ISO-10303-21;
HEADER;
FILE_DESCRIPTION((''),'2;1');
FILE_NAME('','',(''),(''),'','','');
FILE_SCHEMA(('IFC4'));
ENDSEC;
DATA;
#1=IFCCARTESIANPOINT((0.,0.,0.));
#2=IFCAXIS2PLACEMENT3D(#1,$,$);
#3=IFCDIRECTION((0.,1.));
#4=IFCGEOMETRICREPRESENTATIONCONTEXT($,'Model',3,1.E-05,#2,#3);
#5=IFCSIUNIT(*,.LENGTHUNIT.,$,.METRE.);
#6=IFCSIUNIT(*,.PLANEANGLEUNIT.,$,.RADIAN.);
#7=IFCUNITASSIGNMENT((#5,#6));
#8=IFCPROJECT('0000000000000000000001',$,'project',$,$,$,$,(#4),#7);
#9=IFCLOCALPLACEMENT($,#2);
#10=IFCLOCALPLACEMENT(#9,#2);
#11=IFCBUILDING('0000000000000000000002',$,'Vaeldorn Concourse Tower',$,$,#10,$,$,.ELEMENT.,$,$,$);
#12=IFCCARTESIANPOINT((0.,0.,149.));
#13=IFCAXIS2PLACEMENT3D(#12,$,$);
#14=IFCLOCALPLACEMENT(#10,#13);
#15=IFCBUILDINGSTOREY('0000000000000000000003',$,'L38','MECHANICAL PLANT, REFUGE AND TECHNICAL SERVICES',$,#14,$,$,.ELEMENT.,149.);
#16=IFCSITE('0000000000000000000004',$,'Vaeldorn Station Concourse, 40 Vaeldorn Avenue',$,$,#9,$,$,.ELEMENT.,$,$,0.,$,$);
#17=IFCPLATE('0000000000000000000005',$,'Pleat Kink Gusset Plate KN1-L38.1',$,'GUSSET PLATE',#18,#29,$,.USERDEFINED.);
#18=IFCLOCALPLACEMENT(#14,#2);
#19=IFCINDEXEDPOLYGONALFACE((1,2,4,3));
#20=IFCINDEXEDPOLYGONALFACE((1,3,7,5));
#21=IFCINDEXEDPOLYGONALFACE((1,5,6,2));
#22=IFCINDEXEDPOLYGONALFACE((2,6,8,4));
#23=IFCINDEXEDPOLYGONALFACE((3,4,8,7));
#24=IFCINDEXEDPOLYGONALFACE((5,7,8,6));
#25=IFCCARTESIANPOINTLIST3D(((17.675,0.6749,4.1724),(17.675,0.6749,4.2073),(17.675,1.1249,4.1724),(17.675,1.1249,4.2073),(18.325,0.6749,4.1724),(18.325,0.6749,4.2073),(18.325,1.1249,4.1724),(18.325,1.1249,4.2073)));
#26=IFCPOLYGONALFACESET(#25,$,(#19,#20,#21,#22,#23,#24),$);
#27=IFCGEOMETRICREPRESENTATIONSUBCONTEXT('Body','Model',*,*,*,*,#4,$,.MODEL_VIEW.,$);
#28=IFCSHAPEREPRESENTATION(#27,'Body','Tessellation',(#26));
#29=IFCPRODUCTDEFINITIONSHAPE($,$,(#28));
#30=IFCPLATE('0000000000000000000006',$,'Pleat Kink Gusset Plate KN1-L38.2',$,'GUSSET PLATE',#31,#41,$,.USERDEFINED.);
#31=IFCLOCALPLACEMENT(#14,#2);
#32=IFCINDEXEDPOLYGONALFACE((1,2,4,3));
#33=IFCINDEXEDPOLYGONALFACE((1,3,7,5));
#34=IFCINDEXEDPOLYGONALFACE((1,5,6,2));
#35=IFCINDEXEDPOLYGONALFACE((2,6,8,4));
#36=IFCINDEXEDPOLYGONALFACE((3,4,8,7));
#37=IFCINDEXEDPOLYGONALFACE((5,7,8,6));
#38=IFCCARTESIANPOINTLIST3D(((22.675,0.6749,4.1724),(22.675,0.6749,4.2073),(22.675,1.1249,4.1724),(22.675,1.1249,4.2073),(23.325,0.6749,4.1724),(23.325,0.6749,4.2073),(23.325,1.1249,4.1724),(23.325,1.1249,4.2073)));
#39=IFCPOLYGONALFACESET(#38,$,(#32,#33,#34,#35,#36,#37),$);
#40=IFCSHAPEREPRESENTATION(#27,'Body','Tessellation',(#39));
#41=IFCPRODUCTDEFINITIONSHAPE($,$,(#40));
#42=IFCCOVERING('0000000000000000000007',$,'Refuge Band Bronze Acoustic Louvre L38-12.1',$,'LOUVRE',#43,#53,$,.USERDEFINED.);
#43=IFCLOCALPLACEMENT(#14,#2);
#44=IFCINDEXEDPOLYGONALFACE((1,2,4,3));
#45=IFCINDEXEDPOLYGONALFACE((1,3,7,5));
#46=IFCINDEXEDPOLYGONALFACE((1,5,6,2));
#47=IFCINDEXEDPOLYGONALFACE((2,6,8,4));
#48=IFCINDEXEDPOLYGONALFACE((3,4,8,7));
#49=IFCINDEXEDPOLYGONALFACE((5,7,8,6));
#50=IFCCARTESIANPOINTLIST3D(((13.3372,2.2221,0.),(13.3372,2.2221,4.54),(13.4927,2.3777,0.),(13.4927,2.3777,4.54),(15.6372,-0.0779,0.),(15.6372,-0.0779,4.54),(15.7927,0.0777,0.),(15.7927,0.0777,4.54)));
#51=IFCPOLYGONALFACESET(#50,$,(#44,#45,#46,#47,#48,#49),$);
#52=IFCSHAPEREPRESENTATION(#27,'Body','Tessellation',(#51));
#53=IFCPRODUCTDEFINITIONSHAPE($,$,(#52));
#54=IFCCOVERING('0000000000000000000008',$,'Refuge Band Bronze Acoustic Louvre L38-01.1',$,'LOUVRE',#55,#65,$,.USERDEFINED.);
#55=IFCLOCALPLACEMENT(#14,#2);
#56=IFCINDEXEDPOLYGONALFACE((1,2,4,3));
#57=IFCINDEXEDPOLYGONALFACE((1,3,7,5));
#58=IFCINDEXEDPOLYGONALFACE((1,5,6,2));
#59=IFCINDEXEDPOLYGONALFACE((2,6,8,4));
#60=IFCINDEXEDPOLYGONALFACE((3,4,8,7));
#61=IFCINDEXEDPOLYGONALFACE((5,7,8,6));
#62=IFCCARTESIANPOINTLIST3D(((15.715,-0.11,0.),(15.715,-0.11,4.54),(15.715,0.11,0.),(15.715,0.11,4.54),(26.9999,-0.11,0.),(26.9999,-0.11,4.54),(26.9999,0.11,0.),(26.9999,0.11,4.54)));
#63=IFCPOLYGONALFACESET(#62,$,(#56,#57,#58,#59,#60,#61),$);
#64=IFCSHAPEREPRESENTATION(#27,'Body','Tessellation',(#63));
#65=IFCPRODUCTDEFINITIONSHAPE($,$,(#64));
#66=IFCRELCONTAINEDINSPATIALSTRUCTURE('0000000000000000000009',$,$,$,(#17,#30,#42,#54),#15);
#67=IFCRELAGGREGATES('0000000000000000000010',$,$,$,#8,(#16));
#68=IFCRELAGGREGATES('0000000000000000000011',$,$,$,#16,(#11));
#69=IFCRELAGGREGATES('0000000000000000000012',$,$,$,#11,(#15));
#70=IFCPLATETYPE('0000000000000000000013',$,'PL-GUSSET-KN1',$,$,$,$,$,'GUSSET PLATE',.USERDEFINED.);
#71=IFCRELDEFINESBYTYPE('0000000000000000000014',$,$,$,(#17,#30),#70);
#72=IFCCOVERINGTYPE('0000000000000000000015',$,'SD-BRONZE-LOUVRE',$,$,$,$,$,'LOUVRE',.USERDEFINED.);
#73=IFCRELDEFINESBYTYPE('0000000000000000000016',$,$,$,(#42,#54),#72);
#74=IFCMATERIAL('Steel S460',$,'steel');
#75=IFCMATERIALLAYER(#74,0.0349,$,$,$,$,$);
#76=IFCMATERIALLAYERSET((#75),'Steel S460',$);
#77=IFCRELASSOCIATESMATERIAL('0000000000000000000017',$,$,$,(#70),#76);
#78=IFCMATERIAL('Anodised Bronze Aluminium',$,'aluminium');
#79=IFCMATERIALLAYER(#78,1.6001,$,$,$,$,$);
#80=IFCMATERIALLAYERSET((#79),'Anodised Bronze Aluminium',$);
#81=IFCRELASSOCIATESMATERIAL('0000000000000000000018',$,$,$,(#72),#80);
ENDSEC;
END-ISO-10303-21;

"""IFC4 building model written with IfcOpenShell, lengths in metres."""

from ifc_helpers import new_model, si_unit, direction, frame, origin, origin_2d, place, context, subcontext, project, spatial, rectangle, extrude, source, transform, mapped, material, layer, layer_set, type_object, element, save


model = new_model("IFC4")

# Units and contexts
model_context = context("Model", 3, precision=1e-05, world=origin(), true_north=direction((0.0, 1.0)))
body_context = subcontext(model_context, "Body", "Model", "MODEL_VIEW")
ifc_project = project(units=[si_unit("LENGTHUNIT", "METRE"), si_unit("PLANEANGLEUNIT", "RADIAN")], contexts=[model_context])

# Site, building, storey
site_placement = place(None, origin())
site = spatial("IfcSite", under=ifc_project, at=site_placement, Name="Vaeldorn Station Concourse, 40 Vaeldorn Avenue", CompositionType="ELEMENT", RefElevation=0.0)
building_placement = place(site_placement, origin())
building = spatial("IfcBuilding", under=site, at=building_placement, Name="Vaeldorn Concourse Tower", CompositionType="ELEMENT")
storey_placement = place(building_placement, frame((0.0, 0.0, 149.0)))
storey = spatial("IfcBuildingStorey", under=building, at=storey_placement, Name="L38", Description="MECHANICAL PLANT, REFUGE AND TECHNICAL SERVICES", CompositionType="ELEMENT", Elevation=149.0)

# Shared definitions
ifc_material_1 = material(Name="Steel S460", Category="steel")

# Plates
ifc_layer_1 = layer(ifc_material_1, 0.0349)
ifc_layer_set_1 = layer_set([ifc_layer_1], Name="Steel S460")
plate_type_1 = type_object("IfcPlateType", Name="PL-GUSSET-KN1", ElementType="GUSSET PLATE", PredefinedType="USERDEFINED", material=ifc_layer_set_1)
shared_shape_1 = source(origin(), body_context, "Body", "SweptSolid", [
    extrude(rectangle(XDim=0.6499, YDim=0.45, at=origin_2d()), origin(), (0.0, 0.0, 1.0), 0.0349),
])
for number, where, z_axis, x_axis, name in (
    (1, (18.0, 0.8999, 4.1724), (0.0, 0.0, 1.0), (1.0, 0.0, 0.0), "Pleat Kink Gusset Plate KN1-L38.1"),
    (2, (23.0, 0.8999, 4.1724), (0.0, 0.0, 1.0), (1.0, 0.0, 0.0), "Pleat Kink Gusset Plate KN1-L38.2"),
):
    element("IfcPlate", number, at=place(storey_placement, frame(where, z_axis=z_axis, x_axis=x_axis)), inside=storey, type_object=plate_type_1, Name=name, ObjectType="GUSSET PLATE", PredefinedType="USERDEFINED", context=body_context, shape_type="MappedRepresentation", body=[
        mapped(shared_shape_1, transform((0.0, 0.0, 0.0), scale=1.0)),
    ])

# Shared definitions
ifc_material_2 = material(Name="Anodised Bronze Aluminium", Category="aluminium")

# Coverings
ifc_layer_2 = layer(ifc_material_2, 1.6001)
ifc_layer_set_2 = layer_set([ifc_layer_2], Name="Anodised Bronze Aluminium")
covering_type = type_object("IfcCoveringType", Name="SD-BRONZE-LOUVRE", ElementType="LOUVRE", PredefinedType="USERDEFINED", material=ifc_layer_set_2)
shared_shape_2 = source(origin(), body_context, "Body", "SweptSolid", [
    extrude(rectangle(XDim=3.2527, YDim=0.22, at=origin_2d()), origin(), (0.0, 0.0, 1.0), 4.54),
])
covering_1_placement = place(storey_placement, frame((14.5649, 1.1499, 0.0), z_axis=(0.0, 0.0, 1.0), x_axis=(0.707107, -0.707107, 0.0)))
element("IfcCovering", 3, at=covering_1_placement, inside=storey, type_object=covering_type, Name="Refuge Band Bronze Acoustic Louvre L38-12.1", ObjectType="LOUVRE", PredefinedType="USERDEFINED", context=body_context, shape_type="MappedRepresentation", body=[
    mapped(shared_shape_2, transform((0.0, 0.0, 0.0), scale=1.0)),
])
shared_shape_3 = source(origin(), body_context, "Body", "SweptSolid", [
    extrude(rectangle(XDim=11.2849, YDim=0.22, at=origin_2d()), origin(), (0.0, 0.0, 1.0), 4.54),
])
covering_2_placement = place(storey_placement, frame((21.3574, 0.0, 0.0), z_axis=(0.0, 0.0, 1.0), x_axis=(1.0, 0.0, 0.0)))
element("IfcCovering", 4, at=covering_2_placement, inside=storey, type_object=covering_type, Name="Refuge Band Bronze Acoustic Louvre L38-01.1", ObjectType="LOUVRE", PredefinedType="USERDEFINED", context=body_context, shape_type="MappedRepresentation", body=[
    mapped(shared_shape_3, transform((0.0, 0.0, 0.0), scale=1.0)),
])

save(model, "model.ifc")
